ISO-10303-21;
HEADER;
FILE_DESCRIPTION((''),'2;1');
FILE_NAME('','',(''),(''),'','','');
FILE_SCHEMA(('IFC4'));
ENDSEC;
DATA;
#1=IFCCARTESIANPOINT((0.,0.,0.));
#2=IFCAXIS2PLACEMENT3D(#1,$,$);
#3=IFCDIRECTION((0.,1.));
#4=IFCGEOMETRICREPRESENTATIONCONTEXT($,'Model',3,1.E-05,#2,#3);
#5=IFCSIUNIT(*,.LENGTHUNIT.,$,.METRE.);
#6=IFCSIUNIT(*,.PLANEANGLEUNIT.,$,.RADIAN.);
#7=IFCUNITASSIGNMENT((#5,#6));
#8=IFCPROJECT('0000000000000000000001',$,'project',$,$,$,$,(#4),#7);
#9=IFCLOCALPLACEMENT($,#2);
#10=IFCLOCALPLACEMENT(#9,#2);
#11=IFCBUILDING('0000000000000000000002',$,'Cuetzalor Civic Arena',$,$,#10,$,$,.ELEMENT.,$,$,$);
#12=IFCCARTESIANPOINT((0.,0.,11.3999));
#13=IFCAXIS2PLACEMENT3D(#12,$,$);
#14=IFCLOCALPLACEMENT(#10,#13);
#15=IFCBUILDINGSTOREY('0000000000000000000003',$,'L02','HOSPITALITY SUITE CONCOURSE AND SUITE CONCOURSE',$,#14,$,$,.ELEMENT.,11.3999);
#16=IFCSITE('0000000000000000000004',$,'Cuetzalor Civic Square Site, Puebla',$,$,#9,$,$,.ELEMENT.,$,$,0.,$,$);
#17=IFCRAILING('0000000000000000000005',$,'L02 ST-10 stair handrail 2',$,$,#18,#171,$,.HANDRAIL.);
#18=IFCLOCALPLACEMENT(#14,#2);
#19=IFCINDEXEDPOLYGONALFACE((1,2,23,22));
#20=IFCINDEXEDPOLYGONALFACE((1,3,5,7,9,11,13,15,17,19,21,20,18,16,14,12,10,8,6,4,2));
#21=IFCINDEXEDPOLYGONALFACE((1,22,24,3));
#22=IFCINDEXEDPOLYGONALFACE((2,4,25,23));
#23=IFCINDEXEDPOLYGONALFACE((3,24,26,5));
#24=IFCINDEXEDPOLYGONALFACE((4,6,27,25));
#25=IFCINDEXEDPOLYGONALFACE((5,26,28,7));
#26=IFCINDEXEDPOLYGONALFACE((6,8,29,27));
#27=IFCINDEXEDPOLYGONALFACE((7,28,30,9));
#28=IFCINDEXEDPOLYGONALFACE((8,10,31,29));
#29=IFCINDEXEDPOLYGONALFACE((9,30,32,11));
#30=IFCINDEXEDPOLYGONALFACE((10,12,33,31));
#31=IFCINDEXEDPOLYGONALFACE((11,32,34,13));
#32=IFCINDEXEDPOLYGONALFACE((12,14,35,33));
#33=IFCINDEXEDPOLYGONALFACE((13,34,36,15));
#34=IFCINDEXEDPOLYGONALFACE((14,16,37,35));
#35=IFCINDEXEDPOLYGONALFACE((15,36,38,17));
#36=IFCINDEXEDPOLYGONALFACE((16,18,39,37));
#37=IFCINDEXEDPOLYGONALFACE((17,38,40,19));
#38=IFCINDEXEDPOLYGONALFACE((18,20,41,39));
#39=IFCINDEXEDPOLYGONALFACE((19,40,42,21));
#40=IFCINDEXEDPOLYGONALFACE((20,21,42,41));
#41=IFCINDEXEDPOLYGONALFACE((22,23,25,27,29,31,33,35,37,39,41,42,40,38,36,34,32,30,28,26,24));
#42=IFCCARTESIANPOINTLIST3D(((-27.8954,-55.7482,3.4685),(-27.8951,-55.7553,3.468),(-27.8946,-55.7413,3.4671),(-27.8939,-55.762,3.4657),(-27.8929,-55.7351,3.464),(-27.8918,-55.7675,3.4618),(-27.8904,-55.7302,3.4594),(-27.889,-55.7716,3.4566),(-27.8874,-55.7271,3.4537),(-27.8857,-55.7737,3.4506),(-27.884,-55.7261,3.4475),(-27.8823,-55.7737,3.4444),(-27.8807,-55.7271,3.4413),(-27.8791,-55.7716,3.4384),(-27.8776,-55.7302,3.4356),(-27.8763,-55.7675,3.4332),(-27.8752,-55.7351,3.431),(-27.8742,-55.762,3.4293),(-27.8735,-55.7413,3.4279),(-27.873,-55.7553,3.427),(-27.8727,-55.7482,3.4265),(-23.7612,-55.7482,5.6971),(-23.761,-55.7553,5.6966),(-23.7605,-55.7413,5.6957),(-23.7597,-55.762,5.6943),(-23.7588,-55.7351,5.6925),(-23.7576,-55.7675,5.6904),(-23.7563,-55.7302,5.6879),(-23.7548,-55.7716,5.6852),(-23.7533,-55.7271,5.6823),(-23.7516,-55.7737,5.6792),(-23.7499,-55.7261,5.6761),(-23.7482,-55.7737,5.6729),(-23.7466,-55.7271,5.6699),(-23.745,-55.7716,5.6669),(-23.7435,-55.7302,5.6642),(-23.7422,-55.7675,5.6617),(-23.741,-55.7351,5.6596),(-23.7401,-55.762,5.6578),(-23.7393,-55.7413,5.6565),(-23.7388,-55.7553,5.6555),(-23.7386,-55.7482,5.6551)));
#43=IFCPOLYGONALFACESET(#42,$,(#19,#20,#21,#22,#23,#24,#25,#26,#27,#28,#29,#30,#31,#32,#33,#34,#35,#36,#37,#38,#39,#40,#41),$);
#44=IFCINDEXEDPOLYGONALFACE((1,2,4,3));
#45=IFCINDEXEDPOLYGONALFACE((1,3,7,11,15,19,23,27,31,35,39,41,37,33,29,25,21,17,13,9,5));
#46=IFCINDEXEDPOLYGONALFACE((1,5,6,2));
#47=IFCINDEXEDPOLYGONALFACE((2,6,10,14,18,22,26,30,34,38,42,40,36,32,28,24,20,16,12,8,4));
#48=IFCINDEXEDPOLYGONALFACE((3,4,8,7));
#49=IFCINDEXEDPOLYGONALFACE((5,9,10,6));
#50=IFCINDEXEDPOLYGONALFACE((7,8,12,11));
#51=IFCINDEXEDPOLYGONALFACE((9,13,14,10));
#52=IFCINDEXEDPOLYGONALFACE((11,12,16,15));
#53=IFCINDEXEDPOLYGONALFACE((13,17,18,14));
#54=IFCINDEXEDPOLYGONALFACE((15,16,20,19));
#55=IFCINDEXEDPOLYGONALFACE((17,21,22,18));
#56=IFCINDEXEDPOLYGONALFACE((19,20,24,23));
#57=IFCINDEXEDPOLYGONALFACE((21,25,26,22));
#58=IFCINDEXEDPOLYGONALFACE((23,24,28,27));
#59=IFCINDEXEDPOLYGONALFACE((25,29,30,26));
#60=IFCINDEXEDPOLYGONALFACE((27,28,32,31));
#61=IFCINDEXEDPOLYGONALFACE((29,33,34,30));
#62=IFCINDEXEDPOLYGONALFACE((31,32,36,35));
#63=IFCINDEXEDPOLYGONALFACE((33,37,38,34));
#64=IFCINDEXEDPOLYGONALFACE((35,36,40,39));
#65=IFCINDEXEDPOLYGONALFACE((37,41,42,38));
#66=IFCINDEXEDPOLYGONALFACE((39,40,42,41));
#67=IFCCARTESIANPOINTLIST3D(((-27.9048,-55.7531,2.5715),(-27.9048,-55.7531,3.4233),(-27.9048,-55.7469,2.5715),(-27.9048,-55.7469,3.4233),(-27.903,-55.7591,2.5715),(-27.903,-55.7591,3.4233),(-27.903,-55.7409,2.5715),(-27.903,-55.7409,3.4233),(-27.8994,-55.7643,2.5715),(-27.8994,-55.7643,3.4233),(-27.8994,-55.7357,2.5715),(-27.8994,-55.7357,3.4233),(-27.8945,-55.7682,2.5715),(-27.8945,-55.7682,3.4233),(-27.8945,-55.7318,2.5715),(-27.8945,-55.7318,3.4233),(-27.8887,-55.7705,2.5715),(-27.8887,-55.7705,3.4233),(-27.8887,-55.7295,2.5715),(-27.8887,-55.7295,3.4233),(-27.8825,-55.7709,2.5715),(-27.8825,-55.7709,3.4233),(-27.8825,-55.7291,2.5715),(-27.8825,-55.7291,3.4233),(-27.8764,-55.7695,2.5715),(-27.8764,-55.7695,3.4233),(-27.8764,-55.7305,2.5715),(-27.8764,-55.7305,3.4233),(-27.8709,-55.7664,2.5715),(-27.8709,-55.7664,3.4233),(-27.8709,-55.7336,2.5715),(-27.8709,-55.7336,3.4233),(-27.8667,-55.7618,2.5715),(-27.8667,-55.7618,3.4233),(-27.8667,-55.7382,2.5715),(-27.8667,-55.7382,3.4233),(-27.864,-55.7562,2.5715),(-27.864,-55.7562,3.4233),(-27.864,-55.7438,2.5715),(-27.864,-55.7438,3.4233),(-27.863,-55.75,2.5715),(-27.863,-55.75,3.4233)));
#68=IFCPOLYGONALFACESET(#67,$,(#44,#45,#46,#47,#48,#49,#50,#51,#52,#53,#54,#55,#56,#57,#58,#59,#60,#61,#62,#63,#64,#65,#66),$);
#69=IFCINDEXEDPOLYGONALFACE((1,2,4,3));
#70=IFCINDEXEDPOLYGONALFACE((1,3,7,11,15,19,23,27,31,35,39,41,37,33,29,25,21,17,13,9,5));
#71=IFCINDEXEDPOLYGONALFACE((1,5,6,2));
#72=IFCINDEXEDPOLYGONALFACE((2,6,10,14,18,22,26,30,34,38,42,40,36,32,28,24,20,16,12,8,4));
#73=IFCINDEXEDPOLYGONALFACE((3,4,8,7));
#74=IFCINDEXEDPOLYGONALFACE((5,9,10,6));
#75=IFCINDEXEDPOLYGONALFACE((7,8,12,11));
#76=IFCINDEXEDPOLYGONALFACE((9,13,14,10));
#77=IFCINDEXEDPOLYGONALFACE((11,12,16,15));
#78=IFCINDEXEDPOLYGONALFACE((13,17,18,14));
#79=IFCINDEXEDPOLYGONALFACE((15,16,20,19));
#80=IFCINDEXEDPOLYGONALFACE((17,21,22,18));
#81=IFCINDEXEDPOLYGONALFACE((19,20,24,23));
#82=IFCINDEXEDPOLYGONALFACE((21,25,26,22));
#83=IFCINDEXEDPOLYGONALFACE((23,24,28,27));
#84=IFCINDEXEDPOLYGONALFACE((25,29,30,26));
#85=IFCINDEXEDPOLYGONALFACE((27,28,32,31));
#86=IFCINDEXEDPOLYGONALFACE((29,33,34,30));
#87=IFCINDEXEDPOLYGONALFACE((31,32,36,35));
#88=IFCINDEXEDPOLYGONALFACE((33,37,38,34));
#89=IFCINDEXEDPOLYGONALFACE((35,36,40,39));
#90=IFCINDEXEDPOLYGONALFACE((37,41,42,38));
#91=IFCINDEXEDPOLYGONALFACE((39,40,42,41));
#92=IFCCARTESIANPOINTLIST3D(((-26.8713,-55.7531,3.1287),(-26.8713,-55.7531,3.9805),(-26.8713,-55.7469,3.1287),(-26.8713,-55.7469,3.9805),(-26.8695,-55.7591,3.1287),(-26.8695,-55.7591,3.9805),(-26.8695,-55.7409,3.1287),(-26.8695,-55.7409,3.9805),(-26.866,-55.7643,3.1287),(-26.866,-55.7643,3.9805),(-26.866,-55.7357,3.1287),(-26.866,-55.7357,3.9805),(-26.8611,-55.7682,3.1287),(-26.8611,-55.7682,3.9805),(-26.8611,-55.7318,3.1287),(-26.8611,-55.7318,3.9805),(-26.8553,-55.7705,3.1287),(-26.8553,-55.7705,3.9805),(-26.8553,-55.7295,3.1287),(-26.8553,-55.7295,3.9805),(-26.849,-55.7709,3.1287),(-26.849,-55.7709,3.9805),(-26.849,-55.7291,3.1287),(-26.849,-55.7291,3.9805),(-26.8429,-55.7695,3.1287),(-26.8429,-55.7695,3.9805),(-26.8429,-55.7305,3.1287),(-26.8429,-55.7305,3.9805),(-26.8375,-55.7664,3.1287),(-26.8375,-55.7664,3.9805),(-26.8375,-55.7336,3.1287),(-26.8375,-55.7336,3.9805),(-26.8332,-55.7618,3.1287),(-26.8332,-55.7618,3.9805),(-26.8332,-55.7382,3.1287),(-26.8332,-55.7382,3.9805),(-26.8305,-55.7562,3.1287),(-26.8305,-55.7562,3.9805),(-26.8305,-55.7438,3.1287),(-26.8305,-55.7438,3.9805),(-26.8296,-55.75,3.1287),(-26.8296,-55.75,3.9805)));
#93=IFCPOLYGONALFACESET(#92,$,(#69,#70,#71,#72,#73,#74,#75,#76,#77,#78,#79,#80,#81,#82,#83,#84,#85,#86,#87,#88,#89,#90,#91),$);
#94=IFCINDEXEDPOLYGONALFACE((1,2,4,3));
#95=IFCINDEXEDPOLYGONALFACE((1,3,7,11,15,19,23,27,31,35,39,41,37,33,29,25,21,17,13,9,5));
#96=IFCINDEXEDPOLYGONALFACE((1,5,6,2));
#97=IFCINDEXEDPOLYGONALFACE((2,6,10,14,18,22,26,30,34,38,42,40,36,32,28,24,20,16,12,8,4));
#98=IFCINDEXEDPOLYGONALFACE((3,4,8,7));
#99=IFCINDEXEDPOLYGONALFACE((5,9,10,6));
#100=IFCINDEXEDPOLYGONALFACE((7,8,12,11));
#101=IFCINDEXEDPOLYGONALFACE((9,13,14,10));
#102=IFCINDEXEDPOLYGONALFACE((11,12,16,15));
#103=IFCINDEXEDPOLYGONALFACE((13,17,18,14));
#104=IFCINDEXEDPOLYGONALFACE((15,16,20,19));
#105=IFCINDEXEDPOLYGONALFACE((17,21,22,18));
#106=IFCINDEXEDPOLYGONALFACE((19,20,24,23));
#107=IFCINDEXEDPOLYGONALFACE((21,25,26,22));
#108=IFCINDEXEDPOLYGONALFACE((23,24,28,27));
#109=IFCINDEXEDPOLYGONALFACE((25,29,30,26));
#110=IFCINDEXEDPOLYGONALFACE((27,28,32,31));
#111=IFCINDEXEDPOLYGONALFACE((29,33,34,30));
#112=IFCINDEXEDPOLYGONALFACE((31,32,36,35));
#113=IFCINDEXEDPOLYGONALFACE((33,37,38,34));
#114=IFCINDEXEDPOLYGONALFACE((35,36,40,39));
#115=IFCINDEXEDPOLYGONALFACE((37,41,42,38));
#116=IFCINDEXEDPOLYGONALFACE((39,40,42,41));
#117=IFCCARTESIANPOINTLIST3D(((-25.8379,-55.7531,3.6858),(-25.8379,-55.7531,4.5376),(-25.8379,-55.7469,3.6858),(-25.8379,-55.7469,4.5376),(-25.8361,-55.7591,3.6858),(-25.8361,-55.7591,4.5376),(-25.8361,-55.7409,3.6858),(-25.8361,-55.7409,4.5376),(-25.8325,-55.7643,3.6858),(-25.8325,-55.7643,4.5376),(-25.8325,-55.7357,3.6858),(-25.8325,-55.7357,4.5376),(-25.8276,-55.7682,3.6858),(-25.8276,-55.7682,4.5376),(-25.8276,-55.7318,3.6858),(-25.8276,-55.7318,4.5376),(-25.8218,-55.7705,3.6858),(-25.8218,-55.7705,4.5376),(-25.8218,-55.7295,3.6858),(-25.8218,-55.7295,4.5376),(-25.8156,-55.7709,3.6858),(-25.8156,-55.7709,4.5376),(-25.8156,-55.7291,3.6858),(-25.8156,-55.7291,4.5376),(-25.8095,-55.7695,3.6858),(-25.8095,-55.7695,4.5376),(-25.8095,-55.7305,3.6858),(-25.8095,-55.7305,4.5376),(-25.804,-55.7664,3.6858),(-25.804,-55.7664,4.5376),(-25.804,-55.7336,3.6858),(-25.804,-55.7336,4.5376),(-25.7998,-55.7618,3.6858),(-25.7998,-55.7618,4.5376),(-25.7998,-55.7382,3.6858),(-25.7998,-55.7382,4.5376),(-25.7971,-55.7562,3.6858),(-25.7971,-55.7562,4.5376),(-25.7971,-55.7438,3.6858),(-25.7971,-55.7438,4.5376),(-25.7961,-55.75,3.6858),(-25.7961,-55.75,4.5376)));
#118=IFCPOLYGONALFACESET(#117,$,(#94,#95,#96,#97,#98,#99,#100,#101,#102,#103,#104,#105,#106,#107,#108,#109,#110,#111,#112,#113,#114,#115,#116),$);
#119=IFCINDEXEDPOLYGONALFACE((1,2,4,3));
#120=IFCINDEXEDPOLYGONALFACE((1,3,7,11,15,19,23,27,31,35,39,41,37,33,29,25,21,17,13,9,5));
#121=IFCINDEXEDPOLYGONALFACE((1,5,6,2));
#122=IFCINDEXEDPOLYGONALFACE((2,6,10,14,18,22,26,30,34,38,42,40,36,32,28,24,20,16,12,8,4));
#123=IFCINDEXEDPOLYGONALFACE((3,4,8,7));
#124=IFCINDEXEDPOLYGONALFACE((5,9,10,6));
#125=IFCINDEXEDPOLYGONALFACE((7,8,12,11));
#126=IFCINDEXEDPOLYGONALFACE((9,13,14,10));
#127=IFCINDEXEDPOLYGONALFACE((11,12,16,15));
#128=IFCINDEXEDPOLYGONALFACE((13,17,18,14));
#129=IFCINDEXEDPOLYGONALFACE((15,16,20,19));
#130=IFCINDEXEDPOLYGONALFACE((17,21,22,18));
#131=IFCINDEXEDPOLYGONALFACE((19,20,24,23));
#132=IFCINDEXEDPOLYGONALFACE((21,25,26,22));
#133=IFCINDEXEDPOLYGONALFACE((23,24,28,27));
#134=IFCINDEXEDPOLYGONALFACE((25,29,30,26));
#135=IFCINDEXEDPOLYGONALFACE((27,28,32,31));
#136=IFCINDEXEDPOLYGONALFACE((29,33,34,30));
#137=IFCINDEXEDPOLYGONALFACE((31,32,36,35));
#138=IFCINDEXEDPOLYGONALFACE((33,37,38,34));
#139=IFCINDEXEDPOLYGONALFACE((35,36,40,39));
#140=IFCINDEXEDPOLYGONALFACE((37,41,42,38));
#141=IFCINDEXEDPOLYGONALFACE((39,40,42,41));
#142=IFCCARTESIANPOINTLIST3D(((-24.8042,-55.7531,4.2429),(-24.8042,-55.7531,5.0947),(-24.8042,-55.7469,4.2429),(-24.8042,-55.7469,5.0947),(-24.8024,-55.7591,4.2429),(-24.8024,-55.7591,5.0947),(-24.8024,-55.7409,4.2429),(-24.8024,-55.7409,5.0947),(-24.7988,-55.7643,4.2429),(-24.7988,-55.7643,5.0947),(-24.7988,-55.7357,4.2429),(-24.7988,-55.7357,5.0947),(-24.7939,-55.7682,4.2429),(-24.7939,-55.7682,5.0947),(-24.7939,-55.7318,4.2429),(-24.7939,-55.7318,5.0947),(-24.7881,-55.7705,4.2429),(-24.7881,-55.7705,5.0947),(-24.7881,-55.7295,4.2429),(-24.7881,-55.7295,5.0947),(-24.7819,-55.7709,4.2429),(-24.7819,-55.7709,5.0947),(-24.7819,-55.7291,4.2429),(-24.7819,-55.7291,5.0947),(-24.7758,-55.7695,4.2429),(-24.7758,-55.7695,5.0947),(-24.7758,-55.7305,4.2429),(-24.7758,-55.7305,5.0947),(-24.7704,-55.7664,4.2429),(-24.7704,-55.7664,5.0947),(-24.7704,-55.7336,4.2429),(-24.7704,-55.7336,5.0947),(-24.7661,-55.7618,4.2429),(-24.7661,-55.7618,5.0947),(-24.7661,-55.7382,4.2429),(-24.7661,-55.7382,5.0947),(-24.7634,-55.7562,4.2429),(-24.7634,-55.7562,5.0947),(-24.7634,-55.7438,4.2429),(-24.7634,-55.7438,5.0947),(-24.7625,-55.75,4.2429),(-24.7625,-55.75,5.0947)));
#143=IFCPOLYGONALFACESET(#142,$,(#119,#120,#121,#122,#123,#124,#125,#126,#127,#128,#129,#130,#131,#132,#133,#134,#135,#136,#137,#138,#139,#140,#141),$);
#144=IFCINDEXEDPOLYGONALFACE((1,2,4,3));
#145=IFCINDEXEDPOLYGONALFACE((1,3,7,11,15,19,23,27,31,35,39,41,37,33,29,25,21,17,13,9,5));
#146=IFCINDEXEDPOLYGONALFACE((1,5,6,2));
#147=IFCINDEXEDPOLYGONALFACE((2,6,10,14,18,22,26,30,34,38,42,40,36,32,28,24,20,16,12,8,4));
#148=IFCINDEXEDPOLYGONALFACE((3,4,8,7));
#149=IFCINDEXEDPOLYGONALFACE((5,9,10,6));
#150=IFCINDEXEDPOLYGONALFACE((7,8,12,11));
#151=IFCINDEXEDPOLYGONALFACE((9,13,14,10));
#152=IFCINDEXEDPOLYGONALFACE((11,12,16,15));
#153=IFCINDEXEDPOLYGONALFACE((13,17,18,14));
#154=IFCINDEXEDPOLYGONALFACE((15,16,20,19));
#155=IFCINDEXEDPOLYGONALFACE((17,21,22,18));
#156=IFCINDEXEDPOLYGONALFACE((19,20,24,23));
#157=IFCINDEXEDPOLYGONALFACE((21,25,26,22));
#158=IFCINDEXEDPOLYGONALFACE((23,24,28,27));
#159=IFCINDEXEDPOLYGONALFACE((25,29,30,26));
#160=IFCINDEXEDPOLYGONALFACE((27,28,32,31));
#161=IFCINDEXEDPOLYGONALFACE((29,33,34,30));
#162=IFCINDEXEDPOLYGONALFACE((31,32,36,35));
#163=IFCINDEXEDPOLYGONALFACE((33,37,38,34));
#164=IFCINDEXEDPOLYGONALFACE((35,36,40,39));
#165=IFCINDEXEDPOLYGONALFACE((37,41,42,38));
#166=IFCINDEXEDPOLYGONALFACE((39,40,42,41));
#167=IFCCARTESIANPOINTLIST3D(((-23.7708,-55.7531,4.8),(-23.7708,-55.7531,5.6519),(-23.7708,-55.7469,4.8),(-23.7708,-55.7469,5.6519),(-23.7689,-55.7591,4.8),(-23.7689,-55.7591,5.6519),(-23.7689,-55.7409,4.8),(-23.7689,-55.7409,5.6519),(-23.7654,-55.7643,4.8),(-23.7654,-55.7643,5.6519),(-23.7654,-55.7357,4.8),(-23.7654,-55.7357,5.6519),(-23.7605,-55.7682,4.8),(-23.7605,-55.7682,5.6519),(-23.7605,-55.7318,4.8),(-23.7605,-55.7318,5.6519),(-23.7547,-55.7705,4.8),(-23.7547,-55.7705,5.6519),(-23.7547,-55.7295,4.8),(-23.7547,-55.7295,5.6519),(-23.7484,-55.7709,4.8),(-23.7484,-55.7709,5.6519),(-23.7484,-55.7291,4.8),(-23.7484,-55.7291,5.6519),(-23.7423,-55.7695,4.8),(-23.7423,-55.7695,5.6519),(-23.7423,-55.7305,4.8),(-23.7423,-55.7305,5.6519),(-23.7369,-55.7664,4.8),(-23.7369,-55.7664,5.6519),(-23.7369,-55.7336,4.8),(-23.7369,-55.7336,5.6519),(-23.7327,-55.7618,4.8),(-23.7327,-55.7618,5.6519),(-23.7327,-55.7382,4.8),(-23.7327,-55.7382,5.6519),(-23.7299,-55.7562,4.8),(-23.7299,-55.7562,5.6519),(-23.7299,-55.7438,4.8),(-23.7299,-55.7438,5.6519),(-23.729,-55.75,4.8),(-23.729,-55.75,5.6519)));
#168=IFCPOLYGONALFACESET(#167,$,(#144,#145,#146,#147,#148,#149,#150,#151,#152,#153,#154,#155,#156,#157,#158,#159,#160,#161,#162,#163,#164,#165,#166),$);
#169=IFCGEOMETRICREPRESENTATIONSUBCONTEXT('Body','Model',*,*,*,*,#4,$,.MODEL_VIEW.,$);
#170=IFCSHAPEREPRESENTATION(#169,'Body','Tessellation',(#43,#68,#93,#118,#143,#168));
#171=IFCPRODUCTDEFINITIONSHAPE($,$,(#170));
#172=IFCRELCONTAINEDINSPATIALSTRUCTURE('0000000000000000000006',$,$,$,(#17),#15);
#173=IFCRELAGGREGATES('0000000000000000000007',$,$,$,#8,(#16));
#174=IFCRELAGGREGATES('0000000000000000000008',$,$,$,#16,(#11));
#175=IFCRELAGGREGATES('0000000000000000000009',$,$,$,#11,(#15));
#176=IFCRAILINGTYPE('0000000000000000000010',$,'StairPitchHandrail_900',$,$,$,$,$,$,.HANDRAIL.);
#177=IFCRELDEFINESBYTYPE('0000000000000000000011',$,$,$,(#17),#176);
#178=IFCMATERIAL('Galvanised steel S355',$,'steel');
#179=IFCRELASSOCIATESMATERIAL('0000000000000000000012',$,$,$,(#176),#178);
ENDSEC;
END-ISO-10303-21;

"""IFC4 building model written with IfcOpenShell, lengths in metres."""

from ifc_helpers import new_model, si_unit, direction, frame, origin, origin_2d, place, context, subcontext, project, spatial, circle, extrude, material, type_object, element, save


model = new_model("IFC4")

# Units and contexts
model_context = context("Model", 3, precision=1e-05, world=origin(), true_north=direction((0.0, 1.0)))
body_context = subcontext(model_context, "Body", "Model", "MODEL_VIEW")
ifc_project = project(units=[si_unit("LENGTHUNIT", "METRE"), si_unit("PLANEANGLEUNIT", "RADIAN")], contexts=[model_context])

# Site, building, storey
site_placement = place(None, origin())
site = spatial("IfcSite", under=ifc_project, at=site_placement, Name="Cuetzalor Civic Square Site, Puebla", CompositionType="ELEMENT", RefElevation=0.0)
building_placement = place(site_placement, origin())
building = spatial("IfcBuilding", under=site, at=building_placement, Name="Cuetzalor Civic Arena", CompositionType="ELEMENT")
storey_placement = place(building_placement, frame((0.0, 0.0, 11.3999)))
storey = spatial("IfcBuildingStorey", under=building, at=storey_placement, Name="L02", Description="HOSPITALITY SUITE CONCOURSE AND SUITE CONCOURSE", CompositionType="ELEMENT", Elevation=11.3999)

# Railing
ifc_material_1 = material(Name="Galvanised steel S355", Category="steel")
railing_type_1 = type_object("IfcRailingType", Name="StairPitchHandrail_900", PredefinedType="HANDRAIL", material=ifc_material_1)
railing_1_placement = place(storey_placement, frame((-27.884, -55.75, 2.5715)))
element("IfcRailing", 1, at=railing_1_placement, inside=storey, type_object=railing_type_1, Name="L02 ST-10 stair handrail 2", PredefinedType="HANDRAIL", context=body_context, shape_type="SweptSolid", body=[
    extrude(circle(Radius=0.0239, at=origin_2d()), frame((0.0, 0.0, 0.876), z_axis=(0.880249, 0.0, 0.474512), x_axis=(0.0, 1.0, 0.0)), (0.0, 0.0, 1.0), 4.6965),
    extrude(circle(Radius=0.021, at=origin_2d()), origin(), (0.0, 0.0, 1.0), 0.8518),
    extrude(circle(Radius=0.021, at=origin_2d()), frame((1.0334, 0.0, 0.5571)), (0.0, 0.0, 1.0), 0.8518),
    extrude(circle(Radius=0.021, at=origin_2d()), frame((2.0669, 0.0, 1.1143)), (0.0, 0.0, 1.0), 0.8518),
    extrude(circle(Radius=0.021, at=origin_2d()), frame((3.1006, 0.0, 1.6714)), (0.0, 0.0, 1.0), 0.8518),
    extrude(circle(Radius=0.021, at=origin_2d()), frame((4.134, 0.0, 2.2285)), (0.0, 0.0, 1.0), 0.8518),
])

save(model, "model.ifc")
